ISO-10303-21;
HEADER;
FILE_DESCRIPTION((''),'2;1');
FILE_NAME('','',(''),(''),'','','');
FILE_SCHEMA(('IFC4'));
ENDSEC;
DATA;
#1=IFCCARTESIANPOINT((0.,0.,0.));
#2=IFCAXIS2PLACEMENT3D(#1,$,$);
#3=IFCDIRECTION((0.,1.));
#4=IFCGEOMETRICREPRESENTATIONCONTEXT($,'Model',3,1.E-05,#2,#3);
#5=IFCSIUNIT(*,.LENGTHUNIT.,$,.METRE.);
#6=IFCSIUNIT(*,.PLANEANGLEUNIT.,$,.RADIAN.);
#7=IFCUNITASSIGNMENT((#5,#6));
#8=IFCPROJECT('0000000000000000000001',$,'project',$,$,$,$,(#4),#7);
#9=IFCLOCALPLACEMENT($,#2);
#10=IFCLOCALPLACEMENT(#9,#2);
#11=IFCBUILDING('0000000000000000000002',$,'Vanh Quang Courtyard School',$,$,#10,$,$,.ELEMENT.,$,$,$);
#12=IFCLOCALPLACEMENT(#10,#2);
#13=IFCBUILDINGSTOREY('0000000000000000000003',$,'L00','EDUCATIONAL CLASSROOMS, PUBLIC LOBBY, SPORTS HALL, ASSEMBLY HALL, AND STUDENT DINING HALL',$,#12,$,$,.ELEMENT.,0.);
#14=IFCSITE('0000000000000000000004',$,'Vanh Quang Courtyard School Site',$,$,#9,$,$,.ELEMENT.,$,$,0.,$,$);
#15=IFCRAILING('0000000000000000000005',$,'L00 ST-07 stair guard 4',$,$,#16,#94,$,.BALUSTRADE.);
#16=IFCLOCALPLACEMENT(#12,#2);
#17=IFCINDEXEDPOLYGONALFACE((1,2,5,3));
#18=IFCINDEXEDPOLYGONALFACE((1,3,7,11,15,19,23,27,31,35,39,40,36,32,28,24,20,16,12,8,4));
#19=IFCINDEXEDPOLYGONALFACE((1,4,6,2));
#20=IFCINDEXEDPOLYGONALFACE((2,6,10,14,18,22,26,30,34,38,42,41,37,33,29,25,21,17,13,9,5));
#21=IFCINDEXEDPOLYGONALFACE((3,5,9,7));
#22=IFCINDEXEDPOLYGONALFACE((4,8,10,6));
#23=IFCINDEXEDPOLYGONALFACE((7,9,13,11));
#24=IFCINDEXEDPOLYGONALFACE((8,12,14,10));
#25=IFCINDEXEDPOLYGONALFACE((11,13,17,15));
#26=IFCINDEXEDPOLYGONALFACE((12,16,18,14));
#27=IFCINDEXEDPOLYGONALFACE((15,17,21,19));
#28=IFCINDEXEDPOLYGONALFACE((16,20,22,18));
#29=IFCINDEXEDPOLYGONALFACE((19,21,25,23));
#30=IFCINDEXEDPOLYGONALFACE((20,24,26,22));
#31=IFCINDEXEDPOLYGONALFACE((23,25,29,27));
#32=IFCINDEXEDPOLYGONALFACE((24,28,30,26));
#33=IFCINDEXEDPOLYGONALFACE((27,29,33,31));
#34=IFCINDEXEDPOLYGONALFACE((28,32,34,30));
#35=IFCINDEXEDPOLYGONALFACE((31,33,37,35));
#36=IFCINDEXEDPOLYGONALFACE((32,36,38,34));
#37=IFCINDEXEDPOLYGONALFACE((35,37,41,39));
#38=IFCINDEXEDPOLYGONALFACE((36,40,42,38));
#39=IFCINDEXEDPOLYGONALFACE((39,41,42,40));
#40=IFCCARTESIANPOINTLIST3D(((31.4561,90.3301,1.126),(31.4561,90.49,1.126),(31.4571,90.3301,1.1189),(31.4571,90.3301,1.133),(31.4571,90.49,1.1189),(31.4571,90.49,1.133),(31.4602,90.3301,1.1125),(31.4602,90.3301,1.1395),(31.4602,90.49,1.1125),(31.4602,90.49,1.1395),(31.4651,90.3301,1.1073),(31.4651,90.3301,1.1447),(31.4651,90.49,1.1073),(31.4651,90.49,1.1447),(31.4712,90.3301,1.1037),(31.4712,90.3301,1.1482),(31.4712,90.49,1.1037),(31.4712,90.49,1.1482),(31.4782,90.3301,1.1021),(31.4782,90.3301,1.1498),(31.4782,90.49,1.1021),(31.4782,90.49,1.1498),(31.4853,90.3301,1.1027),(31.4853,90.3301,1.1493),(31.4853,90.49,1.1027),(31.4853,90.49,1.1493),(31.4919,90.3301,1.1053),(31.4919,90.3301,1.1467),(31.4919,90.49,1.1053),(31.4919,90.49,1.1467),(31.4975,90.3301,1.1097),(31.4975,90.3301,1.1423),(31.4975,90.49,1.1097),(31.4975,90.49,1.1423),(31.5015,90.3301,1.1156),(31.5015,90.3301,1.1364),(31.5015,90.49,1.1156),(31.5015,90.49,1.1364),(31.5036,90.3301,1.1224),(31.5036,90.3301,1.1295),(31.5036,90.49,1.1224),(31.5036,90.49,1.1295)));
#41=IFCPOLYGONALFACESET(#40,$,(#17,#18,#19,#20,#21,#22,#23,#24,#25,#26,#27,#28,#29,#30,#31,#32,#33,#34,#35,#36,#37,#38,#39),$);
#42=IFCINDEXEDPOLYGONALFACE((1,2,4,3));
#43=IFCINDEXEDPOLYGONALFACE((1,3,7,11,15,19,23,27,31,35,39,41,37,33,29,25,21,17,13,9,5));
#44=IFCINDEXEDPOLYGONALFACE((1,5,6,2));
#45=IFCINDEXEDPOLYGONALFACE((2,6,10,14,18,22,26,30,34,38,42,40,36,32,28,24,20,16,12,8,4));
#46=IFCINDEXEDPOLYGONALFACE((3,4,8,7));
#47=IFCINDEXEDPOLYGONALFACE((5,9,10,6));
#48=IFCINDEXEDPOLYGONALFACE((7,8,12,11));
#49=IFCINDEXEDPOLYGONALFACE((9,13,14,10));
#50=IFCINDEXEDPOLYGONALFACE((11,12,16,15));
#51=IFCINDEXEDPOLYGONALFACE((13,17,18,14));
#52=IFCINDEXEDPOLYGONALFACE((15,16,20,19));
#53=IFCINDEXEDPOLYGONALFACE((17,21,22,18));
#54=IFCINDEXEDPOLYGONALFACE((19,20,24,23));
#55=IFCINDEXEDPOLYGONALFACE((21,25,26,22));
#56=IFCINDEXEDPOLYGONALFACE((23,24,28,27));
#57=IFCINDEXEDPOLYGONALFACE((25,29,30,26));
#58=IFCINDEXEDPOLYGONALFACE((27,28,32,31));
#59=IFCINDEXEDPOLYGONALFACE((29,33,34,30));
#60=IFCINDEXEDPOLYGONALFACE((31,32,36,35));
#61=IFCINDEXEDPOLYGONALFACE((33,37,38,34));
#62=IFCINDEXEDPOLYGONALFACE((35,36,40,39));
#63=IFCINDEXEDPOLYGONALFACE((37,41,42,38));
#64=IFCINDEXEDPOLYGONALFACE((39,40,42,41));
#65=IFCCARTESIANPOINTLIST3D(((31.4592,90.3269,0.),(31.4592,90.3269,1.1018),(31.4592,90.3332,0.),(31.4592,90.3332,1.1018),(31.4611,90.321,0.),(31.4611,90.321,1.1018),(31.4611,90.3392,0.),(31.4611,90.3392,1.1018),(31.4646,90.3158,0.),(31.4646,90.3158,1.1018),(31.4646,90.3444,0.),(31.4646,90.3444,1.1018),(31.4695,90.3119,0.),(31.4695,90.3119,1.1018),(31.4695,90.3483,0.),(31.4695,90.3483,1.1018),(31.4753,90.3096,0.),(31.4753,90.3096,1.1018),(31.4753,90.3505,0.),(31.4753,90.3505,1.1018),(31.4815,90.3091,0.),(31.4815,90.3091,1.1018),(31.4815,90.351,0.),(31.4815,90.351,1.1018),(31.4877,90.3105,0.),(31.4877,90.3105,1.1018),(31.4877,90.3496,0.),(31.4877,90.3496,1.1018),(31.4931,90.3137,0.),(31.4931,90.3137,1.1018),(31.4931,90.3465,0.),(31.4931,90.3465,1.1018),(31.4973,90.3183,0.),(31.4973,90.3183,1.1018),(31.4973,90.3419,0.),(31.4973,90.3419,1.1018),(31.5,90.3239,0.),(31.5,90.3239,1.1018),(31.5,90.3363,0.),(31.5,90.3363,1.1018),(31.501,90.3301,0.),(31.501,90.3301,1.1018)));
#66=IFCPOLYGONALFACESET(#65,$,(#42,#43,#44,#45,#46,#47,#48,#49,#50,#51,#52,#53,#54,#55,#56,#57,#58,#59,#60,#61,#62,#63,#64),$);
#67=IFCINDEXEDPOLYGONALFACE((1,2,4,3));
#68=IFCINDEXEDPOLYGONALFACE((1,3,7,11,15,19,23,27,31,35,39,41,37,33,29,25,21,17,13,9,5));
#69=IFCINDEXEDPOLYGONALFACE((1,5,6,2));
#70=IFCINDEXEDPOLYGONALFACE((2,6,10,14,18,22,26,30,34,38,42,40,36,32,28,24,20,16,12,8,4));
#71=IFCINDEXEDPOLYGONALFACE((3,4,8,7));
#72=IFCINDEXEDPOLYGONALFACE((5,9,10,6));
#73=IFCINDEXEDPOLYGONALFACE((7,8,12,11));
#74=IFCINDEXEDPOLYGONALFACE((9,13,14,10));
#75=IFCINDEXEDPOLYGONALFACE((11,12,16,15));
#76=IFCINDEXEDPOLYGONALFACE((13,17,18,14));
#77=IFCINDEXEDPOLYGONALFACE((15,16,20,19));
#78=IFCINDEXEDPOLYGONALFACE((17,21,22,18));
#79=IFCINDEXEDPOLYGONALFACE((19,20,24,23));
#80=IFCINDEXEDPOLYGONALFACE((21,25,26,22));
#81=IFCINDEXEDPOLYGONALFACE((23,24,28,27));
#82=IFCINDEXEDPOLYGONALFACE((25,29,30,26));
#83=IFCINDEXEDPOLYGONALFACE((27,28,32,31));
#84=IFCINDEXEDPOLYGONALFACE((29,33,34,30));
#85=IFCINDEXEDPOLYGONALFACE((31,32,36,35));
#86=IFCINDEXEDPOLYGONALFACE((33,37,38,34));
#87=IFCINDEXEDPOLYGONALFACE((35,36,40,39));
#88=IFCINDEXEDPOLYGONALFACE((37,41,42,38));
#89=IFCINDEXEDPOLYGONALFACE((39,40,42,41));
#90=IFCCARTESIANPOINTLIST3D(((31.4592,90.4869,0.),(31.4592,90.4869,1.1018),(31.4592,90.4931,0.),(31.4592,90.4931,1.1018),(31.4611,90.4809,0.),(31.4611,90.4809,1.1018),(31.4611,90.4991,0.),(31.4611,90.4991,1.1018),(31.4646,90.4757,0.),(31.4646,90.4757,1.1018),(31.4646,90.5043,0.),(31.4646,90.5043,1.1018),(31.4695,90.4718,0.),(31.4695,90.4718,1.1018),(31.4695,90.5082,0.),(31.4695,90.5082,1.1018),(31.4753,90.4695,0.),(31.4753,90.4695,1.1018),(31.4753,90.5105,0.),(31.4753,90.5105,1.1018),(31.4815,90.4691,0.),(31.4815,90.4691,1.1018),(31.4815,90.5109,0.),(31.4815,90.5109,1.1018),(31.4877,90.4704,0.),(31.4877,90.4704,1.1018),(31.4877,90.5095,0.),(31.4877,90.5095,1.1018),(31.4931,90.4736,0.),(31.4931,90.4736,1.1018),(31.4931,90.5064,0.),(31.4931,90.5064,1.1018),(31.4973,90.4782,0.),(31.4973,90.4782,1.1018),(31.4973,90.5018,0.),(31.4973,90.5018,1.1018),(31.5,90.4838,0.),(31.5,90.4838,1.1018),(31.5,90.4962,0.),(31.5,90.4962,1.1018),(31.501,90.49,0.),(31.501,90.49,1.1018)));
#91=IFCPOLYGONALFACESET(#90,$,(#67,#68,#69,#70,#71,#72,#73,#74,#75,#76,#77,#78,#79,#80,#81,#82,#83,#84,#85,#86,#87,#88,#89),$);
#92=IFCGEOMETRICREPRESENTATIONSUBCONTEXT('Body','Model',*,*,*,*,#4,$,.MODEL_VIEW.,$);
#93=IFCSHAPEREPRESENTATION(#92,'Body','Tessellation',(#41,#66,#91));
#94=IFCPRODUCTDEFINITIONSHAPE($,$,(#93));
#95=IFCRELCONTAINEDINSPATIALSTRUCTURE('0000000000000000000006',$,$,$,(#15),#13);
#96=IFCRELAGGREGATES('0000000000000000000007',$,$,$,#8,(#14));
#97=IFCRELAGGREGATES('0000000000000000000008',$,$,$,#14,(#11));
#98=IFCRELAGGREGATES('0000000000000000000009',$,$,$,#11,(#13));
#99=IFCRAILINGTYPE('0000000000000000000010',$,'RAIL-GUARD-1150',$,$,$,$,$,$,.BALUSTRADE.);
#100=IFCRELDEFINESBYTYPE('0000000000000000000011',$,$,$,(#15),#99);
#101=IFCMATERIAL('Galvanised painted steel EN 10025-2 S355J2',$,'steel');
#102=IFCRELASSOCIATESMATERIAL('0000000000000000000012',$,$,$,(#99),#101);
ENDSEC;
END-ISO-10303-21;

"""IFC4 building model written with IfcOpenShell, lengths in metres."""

from ifc_helpers import new_model, si_unit, direction, frame, origin, origin_2d, place, context, subcontext, project, spatial, circle, extrude, material, type_object, element, save


model = new_model("IFC4")

# Units and contexts
model_context = context("Model", 3, precision=1e-05, world=origin(), true_north=direction((0.0, 1.0)))
body_context = subcontext(model_context, "Body", "Model", "MODEL_VIEW")
ifc_project = project(units=[si_unit("LENGTHUNIT", "METRE"), si_unit("PLANEANGLEUNIT", "RADIAN")], contexts=[model_context])

# Site, building, storey
site_placement = place(None, origin())
site = spatial("IfcSite", under=ifc_project, at=site_placement, Name="Vanh Quang Courtyard School Site", CompositionType="ELEMENT", RefElevation=0.0)
building_placement = place(site_placement, origin())
building = spatial("IfcBuilding", under=site, at=building_placement, Name="Vanh Quang Courtyard School", CompositionType="ELEMENT")
storey_placement = place(building_placement, origin())
storey = spatial("IfcBuildingStorey", under=building, at=storey_placement, Name="L00", Description="EDUCATIONAL CLASSROOMS, PUBLIC LOBBY, SPORTS HALL, ASSEMBLY HALL, AND STUDENT DINING HALL", CompositionType="ELEMENT", Elevation=0.0)

# Railing
ifc_material_1 = material(Name="Galvanised painted steel EN 10025-2 S355J2", Category="steel")
railing_type_1 = type_object("IfcRailingType", Name="RAIL-GUARD-1150", PredefinedType="BALUSTRADE", material=ifc_material_1)
railing_1_placement = place(storey_placement, frame((31.48, 90.3301, 0.0)))
element("IfcRailing", 1, at=railing_1_placement, inside=storey, type_object=railing_type_1, Name="L00 ST-07 stair guard 4", PredefinedType="BALUSTRADE", context=body_context, shape_type="SweptSolid", body=[
    extrude(circle(Radius=0.0239, at=origin_2d()), frame((0.0, 0.0, 1.126), z_axis=(0.0, 1.0, 0.0), x_axis=(-1.0, 0.0, 0.0)), (0.0, 0.0, 1.0), 0.1599),
    extrude(circle(Radius=0.021, at=origin_2d()), origin(), (0.0, 0.0, 1.0), 1.1018),
    extrude(circle(Radius=0.021, at=origin_2d()), frame((0.0, 0.1599, 0.0)), (0.0, 0.0, 1.0), 1.1018),
])

save(model, "model.ifc")
